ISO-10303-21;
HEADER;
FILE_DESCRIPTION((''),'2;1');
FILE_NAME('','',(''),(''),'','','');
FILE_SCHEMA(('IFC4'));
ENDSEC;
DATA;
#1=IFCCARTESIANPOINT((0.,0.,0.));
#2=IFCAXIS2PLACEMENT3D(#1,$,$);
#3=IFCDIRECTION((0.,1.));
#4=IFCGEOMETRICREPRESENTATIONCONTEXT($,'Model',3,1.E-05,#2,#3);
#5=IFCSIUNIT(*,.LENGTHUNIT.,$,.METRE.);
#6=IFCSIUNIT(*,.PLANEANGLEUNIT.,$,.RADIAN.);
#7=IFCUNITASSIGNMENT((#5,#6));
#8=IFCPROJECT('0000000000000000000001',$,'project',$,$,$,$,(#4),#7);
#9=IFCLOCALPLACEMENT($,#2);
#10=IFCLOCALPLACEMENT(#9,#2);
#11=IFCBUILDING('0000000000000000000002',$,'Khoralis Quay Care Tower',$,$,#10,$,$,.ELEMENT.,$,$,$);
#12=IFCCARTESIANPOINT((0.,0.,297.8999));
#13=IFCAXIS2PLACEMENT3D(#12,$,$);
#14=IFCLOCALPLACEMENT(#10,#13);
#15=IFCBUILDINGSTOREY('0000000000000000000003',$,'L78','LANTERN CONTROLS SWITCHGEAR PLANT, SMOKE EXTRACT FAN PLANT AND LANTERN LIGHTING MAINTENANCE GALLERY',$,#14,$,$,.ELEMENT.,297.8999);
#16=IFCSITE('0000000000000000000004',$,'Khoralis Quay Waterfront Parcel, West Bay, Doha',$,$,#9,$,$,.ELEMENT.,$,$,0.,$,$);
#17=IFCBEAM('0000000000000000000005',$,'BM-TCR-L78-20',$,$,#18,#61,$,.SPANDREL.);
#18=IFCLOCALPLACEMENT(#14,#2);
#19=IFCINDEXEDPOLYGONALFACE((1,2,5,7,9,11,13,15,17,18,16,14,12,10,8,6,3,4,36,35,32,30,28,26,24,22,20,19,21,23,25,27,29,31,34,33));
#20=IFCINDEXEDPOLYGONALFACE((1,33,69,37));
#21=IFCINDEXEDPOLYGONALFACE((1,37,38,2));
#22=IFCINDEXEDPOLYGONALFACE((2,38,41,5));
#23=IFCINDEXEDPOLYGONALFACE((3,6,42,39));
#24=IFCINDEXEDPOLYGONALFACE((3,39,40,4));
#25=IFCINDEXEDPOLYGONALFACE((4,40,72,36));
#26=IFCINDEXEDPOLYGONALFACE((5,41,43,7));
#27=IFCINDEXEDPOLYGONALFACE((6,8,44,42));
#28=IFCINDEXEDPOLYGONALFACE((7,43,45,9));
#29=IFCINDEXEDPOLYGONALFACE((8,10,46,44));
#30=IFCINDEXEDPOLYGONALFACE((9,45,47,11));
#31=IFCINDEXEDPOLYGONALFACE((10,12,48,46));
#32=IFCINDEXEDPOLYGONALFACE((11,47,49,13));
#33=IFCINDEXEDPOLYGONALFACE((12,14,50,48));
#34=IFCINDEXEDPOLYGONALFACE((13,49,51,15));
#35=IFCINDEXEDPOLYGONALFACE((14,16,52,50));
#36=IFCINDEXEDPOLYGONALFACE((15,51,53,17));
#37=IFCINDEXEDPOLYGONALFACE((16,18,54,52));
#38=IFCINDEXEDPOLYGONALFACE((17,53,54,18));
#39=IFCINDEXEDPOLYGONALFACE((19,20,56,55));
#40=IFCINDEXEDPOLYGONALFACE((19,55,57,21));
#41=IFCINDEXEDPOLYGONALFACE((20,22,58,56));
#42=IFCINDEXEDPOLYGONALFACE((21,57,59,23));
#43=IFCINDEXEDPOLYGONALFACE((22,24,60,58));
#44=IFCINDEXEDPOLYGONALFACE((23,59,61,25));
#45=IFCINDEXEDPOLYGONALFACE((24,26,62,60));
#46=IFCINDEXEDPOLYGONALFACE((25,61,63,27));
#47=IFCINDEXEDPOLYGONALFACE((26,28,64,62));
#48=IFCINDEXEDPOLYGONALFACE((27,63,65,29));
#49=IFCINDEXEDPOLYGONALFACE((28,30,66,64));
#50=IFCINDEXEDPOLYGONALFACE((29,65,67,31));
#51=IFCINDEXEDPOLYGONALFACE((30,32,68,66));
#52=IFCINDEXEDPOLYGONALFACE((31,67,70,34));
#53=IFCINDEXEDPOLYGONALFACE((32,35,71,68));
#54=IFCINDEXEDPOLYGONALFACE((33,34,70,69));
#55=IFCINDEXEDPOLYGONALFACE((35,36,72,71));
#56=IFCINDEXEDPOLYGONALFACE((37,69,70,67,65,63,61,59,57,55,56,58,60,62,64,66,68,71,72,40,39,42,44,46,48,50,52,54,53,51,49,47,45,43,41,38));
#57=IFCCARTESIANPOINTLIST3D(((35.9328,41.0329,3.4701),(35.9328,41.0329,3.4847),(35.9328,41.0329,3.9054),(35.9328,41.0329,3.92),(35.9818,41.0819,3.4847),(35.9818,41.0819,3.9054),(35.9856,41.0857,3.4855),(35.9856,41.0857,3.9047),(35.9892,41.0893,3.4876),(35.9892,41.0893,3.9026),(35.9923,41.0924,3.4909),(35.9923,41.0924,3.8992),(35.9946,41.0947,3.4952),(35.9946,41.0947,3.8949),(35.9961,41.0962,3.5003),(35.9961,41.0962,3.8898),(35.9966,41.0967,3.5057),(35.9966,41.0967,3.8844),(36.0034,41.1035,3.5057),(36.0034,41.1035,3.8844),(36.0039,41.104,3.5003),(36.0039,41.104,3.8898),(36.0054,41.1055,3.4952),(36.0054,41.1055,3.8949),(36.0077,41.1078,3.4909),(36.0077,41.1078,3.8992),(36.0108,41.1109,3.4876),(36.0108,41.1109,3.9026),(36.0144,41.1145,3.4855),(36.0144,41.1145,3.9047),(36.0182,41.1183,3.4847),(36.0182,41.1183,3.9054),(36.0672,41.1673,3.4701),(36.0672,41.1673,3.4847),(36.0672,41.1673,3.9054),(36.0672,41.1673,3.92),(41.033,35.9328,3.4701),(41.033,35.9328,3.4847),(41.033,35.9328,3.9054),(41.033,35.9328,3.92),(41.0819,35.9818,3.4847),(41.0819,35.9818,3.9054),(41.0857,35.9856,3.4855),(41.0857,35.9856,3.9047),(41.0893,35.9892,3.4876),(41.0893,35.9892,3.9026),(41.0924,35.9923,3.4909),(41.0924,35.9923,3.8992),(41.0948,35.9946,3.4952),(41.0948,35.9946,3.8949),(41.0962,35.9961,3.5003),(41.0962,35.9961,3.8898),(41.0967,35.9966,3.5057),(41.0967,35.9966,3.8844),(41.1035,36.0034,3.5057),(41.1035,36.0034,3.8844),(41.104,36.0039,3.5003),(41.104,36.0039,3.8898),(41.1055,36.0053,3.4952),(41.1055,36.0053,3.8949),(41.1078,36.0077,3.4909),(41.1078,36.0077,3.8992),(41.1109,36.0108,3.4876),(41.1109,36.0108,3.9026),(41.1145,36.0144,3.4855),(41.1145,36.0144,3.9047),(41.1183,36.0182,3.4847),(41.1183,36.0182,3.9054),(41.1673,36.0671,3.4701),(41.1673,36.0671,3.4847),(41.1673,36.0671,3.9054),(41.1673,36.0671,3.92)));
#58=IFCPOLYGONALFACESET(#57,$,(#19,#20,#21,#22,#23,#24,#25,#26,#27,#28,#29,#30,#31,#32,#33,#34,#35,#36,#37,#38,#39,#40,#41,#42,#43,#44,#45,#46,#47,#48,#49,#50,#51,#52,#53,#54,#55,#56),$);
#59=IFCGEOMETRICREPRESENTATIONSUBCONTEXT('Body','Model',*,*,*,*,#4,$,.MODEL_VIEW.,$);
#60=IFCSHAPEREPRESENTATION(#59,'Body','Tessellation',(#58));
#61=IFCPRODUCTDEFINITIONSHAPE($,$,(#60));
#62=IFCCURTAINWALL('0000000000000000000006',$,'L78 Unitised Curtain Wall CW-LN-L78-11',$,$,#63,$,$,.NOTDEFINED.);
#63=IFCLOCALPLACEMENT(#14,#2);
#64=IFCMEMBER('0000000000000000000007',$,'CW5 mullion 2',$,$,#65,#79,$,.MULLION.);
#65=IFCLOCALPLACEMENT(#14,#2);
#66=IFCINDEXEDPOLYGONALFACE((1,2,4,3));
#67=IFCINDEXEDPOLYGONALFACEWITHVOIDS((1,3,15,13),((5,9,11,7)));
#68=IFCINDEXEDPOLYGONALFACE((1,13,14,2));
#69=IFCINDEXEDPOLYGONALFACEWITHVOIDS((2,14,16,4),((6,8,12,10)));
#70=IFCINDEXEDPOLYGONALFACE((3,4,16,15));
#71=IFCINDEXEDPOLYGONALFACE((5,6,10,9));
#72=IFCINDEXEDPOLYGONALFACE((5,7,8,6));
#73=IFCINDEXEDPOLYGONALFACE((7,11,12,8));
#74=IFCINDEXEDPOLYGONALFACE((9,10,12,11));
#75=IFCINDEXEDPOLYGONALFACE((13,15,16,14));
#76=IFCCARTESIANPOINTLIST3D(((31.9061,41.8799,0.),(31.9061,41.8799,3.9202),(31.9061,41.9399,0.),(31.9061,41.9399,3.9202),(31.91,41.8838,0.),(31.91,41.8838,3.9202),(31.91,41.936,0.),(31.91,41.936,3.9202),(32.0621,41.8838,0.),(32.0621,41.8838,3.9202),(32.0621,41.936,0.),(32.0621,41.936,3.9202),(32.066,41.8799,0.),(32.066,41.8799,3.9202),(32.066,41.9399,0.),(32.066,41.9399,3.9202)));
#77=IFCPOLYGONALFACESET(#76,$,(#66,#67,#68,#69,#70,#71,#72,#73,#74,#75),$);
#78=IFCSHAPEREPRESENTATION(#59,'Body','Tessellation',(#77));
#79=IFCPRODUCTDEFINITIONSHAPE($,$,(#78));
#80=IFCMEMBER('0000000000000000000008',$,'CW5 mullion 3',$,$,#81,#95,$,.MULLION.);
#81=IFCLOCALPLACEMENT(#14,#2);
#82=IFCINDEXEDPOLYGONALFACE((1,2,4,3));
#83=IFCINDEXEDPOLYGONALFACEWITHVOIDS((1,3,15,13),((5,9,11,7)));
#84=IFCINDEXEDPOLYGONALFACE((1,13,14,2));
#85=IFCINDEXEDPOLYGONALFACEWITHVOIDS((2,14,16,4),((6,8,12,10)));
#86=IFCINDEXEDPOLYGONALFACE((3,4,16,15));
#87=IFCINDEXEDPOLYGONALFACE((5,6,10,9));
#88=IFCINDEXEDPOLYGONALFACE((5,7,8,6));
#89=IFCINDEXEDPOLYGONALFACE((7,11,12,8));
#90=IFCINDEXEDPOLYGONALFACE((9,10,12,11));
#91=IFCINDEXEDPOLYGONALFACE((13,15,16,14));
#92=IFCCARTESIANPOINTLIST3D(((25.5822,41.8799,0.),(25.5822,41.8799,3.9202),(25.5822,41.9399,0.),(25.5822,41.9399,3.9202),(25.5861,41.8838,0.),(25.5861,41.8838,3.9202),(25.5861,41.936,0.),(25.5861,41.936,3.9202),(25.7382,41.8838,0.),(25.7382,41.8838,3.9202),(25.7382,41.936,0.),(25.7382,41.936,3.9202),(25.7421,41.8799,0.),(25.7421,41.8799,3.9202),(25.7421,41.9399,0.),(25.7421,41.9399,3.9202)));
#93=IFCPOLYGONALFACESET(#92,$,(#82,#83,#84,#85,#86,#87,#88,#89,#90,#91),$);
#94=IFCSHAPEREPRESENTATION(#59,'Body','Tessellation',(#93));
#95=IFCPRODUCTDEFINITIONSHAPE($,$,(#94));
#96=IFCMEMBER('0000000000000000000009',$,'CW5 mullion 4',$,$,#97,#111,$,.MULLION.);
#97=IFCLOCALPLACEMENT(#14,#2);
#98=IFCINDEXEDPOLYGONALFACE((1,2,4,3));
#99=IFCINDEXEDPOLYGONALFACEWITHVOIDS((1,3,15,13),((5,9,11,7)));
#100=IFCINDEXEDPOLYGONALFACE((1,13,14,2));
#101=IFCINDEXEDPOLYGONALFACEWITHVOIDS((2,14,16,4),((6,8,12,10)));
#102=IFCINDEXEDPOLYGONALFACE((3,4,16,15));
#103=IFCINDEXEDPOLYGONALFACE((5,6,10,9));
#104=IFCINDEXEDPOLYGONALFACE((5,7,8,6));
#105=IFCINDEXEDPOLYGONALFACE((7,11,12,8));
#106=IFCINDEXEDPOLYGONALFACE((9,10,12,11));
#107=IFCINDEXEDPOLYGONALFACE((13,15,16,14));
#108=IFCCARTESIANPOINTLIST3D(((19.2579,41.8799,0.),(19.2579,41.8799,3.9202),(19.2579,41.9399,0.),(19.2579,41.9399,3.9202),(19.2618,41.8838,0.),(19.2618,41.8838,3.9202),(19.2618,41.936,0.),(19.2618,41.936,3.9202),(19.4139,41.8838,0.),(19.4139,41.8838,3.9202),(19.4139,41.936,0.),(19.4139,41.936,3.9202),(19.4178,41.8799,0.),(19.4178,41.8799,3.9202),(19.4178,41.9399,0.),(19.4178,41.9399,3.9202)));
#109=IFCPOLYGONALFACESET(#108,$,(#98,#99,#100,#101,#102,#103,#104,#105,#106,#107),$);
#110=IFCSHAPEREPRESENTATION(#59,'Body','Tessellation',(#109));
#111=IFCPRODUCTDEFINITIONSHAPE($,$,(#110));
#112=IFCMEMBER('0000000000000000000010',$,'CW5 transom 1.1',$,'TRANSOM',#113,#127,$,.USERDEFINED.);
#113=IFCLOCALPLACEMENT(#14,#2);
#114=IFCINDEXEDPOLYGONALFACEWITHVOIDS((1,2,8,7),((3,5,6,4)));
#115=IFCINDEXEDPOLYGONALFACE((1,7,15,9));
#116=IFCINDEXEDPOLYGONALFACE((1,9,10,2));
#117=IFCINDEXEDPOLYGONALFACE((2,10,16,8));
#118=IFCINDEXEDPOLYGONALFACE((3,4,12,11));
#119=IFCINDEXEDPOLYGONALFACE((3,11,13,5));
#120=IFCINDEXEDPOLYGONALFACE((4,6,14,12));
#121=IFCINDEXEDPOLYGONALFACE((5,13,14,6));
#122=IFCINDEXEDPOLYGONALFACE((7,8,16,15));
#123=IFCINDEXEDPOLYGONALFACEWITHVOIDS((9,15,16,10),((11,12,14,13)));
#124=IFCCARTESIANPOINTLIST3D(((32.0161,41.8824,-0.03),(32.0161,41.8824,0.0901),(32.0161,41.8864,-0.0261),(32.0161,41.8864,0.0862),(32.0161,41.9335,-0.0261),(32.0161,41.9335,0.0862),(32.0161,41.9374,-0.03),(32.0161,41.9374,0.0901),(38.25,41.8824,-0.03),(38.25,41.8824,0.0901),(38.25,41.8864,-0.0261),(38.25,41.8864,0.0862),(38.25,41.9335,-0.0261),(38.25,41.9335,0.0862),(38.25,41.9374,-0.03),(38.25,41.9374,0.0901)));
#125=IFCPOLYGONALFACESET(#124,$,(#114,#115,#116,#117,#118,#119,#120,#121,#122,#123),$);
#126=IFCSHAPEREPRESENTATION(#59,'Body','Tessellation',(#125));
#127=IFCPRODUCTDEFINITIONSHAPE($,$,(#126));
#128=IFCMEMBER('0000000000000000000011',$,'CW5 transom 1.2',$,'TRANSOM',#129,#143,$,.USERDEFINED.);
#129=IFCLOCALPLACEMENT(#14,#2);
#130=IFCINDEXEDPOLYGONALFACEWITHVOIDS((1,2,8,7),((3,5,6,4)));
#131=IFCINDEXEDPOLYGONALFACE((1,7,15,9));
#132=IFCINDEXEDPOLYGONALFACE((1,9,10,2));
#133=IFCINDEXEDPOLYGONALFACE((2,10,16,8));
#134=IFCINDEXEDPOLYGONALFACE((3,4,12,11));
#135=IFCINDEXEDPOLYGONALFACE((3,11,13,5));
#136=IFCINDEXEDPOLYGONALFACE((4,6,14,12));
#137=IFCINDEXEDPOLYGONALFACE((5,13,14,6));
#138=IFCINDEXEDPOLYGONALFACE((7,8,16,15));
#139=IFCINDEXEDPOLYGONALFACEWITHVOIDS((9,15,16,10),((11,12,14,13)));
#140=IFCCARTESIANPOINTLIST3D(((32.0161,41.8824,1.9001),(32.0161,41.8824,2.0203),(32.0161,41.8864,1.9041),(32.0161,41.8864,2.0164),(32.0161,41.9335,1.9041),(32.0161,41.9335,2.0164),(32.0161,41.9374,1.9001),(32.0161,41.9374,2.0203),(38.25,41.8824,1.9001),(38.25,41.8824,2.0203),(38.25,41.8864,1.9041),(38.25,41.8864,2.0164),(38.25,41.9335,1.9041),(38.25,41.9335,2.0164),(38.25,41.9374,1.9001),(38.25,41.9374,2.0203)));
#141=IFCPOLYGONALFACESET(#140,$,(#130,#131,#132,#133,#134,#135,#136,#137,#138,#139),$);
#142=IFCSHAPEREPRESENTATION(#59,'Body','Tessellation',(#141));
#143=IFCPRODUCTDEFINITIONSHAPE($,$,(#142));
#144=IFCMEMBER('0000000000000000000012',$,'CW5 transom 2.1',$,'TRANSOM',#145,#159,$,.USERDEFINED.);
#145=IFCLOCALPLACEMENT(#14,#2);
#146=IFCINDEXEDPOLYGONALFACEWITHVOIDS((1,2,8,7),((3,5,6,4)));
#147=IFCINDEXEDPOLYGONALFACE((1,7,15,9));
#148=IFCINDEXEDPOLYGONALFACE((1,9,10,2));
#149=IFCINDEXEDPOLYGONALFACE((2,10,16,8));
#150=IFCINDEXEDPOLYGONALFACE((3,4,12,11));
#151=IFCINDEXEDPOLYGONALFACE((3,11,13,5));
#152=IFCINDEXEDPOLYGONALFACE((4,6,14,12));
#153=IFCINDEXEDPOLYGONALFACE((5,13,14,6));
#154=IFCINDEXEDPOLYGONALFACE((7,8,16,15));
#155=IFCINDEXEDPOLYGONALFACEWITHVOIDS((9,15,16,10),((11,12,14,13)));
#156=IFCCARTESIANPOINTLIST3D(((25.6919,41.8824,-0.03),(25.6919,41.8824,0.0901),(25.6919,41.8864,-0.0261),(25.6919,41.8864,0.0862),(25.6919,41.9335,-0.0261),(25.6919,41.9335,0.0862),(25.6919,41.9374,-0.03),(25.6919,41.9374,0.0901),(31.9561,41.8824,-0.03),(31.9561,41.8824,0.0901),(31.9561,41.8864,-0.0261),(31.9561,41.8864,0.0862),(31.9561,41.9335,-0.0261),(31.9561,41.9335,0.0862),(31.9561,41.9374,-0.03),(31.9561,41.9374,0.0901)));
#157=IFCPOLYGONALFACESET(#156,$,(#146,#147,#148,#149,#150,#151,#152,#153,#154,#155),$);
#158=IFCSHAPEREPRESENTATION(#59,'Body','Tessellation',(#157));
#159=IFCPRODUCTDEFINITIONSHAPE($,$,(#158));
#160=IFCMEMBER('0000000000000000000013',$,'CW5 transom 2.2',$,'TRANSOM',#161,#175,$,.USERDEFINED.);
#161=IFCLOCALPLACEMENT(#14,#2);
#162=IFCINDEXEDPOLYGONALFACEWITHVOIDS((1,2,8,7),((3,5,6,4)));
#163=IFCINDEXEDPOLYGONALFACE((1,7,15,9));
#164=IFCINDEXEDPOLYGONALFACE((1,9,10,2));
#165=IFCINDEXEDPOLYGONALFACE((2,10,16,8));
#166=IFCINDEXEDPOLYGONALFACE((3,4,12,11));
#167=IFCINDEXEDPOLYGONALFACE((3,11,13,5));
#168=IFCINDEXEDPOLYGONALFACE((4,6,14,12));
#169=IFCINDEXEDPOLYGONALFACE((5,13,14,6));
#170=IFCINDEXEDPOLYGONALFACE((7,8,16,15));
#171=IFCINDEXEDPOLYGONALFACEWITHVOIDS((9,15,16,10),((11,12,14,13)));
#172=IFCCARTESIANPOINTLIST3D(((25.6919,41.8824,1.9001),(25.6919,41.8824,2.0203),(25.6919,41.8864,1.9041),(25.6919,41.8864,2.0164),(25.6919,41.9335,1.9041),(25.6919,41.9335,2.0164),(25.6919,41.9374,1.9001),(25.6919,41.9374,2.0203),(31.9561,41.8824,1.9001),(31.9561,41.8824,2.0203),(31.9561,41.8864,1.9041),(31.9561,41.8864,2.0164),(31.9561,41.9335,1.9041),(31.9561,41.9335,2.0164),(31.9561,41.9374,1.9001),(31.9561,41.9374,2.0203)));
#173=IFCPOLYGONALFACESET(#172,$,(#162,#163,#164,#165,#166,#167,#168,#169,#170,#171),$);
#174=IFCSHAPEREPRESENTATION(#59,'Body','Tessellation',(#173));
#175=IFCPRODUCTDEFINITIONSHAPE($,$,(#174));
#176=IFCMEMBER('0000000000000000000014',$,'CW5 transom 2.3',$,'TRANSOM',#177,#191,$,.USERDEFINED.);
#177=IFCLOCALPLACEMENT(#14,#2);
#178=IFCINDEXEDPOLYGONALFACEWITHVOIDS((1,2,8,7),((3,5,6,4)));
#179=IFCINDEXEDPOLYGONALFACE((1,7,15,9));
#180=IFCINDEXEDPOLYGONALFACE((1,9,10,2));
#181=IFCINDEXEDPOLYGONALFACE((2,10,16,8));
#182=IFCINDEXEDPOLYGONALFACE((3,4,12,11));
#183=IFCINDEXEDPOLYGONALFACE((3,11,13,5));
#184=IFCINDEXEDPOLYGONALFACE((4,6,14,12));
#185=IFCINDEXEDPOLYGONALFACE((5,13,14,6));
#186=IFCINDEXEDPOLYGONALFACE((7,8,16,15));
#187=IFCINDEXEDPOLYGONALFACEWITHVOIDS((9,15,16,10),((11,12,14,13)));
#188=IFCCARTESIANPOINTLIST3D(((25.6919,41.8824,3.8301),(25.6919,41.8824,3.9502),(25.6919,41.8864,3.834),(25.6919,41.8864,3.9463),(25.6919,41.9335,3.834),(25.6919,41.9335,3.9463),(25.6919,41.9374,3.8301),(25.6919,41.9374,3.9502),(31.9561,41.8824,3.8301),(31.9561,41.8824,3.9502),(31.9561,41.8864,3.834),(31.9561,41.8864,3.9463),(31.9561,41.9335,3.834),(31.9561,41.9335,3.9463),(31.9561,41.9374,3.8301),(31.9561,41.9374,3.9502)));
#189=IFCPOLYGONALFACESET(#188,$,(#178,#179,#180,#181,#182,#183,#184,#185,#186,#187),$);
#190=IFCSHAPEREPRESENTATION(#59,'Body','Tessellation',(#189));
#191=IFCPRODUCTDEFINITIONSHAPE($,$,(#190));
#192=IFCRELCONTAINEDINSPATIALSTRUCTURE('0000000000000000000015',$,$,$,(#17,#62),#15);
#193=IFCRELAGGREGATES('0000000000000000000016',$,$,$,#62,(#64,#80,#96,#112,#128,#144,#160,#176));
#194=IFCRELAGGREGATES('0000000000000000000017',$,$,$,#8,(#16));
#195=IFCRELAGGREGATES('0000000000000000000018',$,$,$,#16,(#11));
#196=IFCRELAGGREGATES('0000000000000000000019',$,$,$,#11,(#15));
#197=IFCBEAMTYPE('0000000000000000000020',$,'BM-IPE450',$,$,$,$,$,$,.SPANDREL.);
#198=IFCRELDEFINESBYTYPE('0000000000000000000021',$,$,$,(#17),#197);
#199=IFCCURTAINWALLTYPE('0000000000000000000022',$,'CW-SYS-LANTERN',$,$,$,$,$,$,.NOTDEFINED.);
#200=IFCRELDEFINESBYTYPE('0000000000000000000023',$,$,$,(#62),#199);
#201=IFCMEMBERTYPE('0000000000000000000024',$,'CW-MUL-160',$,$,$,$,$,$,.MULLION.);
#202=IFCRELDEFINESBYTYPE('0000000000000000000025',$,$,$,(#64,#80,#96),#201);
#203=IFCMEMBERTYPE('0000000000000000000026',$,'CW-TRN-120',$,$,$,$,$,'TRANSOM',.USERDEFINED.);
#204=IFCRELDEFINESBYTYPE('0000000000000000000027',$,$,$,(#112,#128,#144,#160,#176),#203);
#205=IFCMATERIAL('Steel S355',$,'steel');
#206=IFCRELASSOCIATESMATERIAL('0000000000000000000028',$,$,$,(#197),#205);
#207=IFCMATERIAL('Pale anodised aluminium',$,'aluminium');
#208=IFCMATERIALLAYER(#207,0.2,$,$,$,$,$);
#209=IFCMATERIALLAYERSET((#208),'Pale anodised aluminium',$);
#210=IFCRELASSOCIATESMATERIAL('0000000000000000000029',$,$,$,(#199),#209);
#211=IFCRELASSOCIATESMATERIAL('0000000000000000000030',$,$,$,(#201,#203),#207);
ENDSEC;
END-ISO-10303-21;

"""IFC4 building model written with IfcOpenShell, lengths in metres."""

from ifc_helpers import new_model, si_unit, direction, frame, origin, origin_2d, place, context, subcontext, project, spatial, hollow_rectangle, i_section, extrude, source, transform, mapped, material, layer, layer_set, material_profile, profile_set, type_object, element, aggregate, save


model = new_model("IFC4")

# Units and contexts
model_context = context("Model", 3, precision=1e-05, world=origin(), true_north=direction((0.0, 1.0)))
body_context = subcontext(model_context, "Body", "Model", "MODEL_VIEW")
ifc_project = project(units=[si_unit("LENGTHUNIT", "METRE"), si_unit("PLANEANGLEUNIT", "RADIAN")], contexts=[model_context])

# Site, building, storey
site_placement = place(None, origin())
site = spatial("IfcSite", under=ifc_project, at=site_placement, Name="Khoralis Quay Waterfront Parcel, West Bay, Doha", CompositionType="ELEMENT", RefElevation=0.0)
building_placement = place(site_placement, origin())
building = spatial("IfcBuilding", under=site, at=building_placement, Name="Khoralis Quay Care Tower", CompositionType="ELEMENT")
storey_placement = place(building_placement, frame((0.0, 0.0, 297.8999)))
storey = spatial("IfcBuildingStorey", under=building, at=storey_placement, Name="L78", Description="LANTERN CONTROLS SWITCHGEAR PLANT, SMOKE EXTRACT FAN PLANT AND LANTERN LIGHTING MAINTENANCE GALLERY", CompositionType="ELEMENT", Elevation=297.8999)

# Shared definitions
ifc_material_1 = material(Name="Steel S355", Category="steel")

# Beam
ifc_material_profile_1 = material_profile(ifc_material_1, i_section(OverallWidth=0.1899, OverallDepth=0.45, WebThickness=0.0095, FlangeThickness=0.0146, FilletRadius=0.021, at=origin_2d()), Name="Steel S355")
ifc_profile_set_1 = profile_set([ifc_material_profile_1], Name="Steel S355")
beam_type = type_object("IfcBeamType", Name="BM-IPE450", PredefinedType="SPANDREL", material=ifc_profile_set_1)
shared_shape_1 = source(origin(), body_context, "Body", "SweptSolid", [
    extrude(i_section(OverallWidth=0.1899, OverallDepth=0.45, WebThickness=0.0095, FlangeThickness=0.0146, FilletRadius=0.021, at=origin_2d()), origin(), (0.0, 0.0, 1.0), 7.2126),
])
beam_1_placement = place(storey_placement, frame((36.0, 41.1001, 3.6951), z_axis=(0.707107, -0.707107, 0.0), x_axis=(0.707107, 0.707107, 0.0)))
element("IfcBeam", 1, at=beam_1_placement, inside=storey, type_object=beam_type, Name="BM-TCR-L78-20", PredefinedType="SPANDREL", context=body_context, shape_type="MappedRepresentation", body=[
    mapped(shared_shape_1, transform((0.0, 0.0, 0.0), scale=1.0)),
])

# Curtain wall, members
ifc_material_2 = material(Name="Pale anodised aluminium", Category="aluminium")
ifc_layer_1 = layer(ifc_material_2, 0.2)
ifc_layer_set_1 = layer_set([ifc_layer_1], Name="Pale anodised aluminium")
curtain_wall_type = type_object("IfcCurtainWallType", Name="CW-SYS-LANTERN", PredefinedType="NOTDEFINED", material=ifc_layer_set_1)
curtain_wall_placement = place(storey_placement, origin())
curtain_wall = element("IfcCurtainWall", 2, at=curtain_wall_placement, inside=storey, type_object=curtain_wall_type, Name="L78 Unitised Curtain Wall CW-LN-L78-11", PredefinedType="NOTDEFINED")
ifc_material_profile_2 = material_profile(ifc_material_2, hollow_rectangle(XDim=0.0601, YDim=0.1599, WallThickness=0.0039, at=origin_2d()), Name="Pale anodised aluminium")
ifc_profile_set_2 = profile_set([ifc_material_profile_2], Name="Pale anodised aluminium")
member_type_1 = type_object("IfcMemberType", Name="CW-MUL-160", PredefinedType="MULLION", material=ifc_profile_set_2)
shared_shape_2 = source(origin(), body_context, "Body", "SweptSolid", [
    extrude(hollow_rectangle(XDim=0.0601, YDim=0.1599, WallThickness=0.0039, at=origin_2d()), origin(), (0.0, 0.0, 1.0), 3.9202),
])
member_1_placement = place(storey_placement, frame((31.9861, 41.9099, 0.0), z_axis=(0.0, 0.0, 1.0), x_axis=(0.0, -1.0, 0.0)))
member_1 = element("IfcMember", 3, at=member_1_placement, type_object=member_type_1, Name="CW5 mullion 2", PredefinedType="MULLION", context=body_context, shape_type="MappedRepresentation", body=[
    mapped(shared_shape_2, transform((0.0, 0.0, 0.0), scale=1.0)),
])
member_2_placement = place(storey_placement, frame((25.6621, 41.9099, 0.0), z_axis=(0.0, 0.0, 1.0), x_axis=(0.0, -1.0, 0.0)))
member_2 = element("IfcMember", 4, at=member_2_placement, type_object=member_type_1, Name="CW5 mullion 3", PredefinedType="MULLION", context=body_context, shape_type="MappedRepresentation", body=[
    mapped(shared_shape_2, transform((0.0, 0.0, 0.0), scale=1.0)),
])
member_3_placement = place(storey_placement, frame((19.3379, 41.9099, 0.0), z_axis=(0.0, 0.0, 1.0), x_axis=(0.0, -1.0, 0.0)))
member_3 = element("IfcMember", 5, at=member_3_placement, type_object=member_type_1, Name="CW5 mullion 4", PredefinedType="MULLION", context=body_context, shape_type="MappedRepresentation", body=[
    mapped(shared_shape_2, transform((0.0, 0.0, 0.0), scale=1.0)),
])
ifc_material_profile_3 = material_profile(ifc_material_2, hollow_rectangle(XDim=0.0549, YDim=0.1201, WallThickness=0.0039, at=origin_2d()), Name="Pale anodised aluminium")
ifc_profile_set_3 = profile_set([ifc_material_profile_3], Name="Pale anodised aluminium")
member_type_2 = type_object("IfcMemberType", Name="CW-TRN-120", ElementType="TRANSOM", PredefinedType="USERDEFINED", material=ifc_profile_set_3)
shared_shape_3 = source(origin(), body_context, "Body", "SweptSolid", [
    extrude(hollow_rectangle(XDim=0.0549, YDim=0.1201, WallThickness=0.0039, at=origin_2d()), origin(), (0.0, 0.0, 1.0), 6.2339),
])
member_4_placement = place(storey_placement, frame((38.25, 41.9099, 0.03), z_axis=(-1.0, 0.0, 0.0), x_axis=(0.0, -1.0, 0.0)))
member_4 = element("IfcMember", 6, at=member_4_placement, type_object=member_type_2, Name="CW5 transom 1.1", ObjectType="TRANSOM", PredefinedType="USERDEFINED", context=body_context, shape_type="MappedRepresentation", body=[
    mapped(shared_shape_3, transform((0.0, 0.0, 0.0), scale=1.0)),
])
member_5_placement = place(storey_placement, frame((38.25, 41.9099, 1.9602), z_axis=(-1.0, 0.0, 0.0), x_axis=(0.0, -1.0, 0.0)))
member_5 = element("IfcMember", 7, at=member_5_placement, type_object=member_type_2, Name="CW5 transom 1.2", ObjectType="TRANSOM", PredefinedType="USERDEFINED", context=body_context, shape_type="MappedRepresentation", body=[
    mapped(shared_shape_3, transform((0.0, 0.0, 0.0), scale=1.0)),
])
shared_shape_4 = source(origin(), body_context, "Body", "SweptSolid", [
    extrude(hollow_rectangle(XDim=0.0549, YDim=0.1201, WallThickness=0.0039, at=origin_2d()), origin(), (0.0, 0.0, 1.0), 6.2642),
])
member_6_placement = place(storey_placement, frame((31.9561, 41.9099, 0.03), z_axis=(-1.0, 0.0, 0.0), x_axis=(0.0, -1.0, 0.0)))
member_6 = element("IfcMember", 8, at=member_6_placement, type_object=member_type_2, Name="CW5 transom 2.1", ObjectType="TRANSOM", PredefinedType="USERDEFINED", context=body_context, shape_type="MappedRepresentation", body=[
    mapped(shared_shape_4, transform((0.0, 0.0, 0.0), scale=1.0)),
])
member_7_placement = place(storey_placement, frame((31.9561, 41.9099, 1.9602), z_axis=(-1.0, 0.0, 0.0), x_axis=(0.0, -1.0, 0.0)))
member_7 = element("IfcMember", 9, at=member_7_placement, type_object=member_type_2, Name="CW5 transom 2.2", ObjectType="TRANSOM", PredefinedType="USERDEFINED", context=body_context, shape_type="MappedRepresentation", body=[
    mapped(shared_shape_4, transform((0.0, 0.0, 0.0), scale=1.0)),
])
member_8_placement = place(storey_placement, frame((31.9561, 41.9099, 3.8901), z_axis=(-1.0, 0.0, 0.0), x_axis=(0.0, -1.0, 0.0)))
member_8 = element("IfcMember", 10, at=member_8_placement, type_object=member_type_2, Name="CW5 transom 2.3", ObjectType="TRANSOM", PredefinedType="USERDEFINED", context=body_context, shape_type="MappedRepresentation", body=[
    mapped(shared_shape_4, transform((0.0, 0.0, 0.0), scale=1.0)),
])
aggregate(curtain_wall, [member_1, member_2, member_3, member_4, member_5, member_6, member_7, member_8])

save(model, "model.ifc")
